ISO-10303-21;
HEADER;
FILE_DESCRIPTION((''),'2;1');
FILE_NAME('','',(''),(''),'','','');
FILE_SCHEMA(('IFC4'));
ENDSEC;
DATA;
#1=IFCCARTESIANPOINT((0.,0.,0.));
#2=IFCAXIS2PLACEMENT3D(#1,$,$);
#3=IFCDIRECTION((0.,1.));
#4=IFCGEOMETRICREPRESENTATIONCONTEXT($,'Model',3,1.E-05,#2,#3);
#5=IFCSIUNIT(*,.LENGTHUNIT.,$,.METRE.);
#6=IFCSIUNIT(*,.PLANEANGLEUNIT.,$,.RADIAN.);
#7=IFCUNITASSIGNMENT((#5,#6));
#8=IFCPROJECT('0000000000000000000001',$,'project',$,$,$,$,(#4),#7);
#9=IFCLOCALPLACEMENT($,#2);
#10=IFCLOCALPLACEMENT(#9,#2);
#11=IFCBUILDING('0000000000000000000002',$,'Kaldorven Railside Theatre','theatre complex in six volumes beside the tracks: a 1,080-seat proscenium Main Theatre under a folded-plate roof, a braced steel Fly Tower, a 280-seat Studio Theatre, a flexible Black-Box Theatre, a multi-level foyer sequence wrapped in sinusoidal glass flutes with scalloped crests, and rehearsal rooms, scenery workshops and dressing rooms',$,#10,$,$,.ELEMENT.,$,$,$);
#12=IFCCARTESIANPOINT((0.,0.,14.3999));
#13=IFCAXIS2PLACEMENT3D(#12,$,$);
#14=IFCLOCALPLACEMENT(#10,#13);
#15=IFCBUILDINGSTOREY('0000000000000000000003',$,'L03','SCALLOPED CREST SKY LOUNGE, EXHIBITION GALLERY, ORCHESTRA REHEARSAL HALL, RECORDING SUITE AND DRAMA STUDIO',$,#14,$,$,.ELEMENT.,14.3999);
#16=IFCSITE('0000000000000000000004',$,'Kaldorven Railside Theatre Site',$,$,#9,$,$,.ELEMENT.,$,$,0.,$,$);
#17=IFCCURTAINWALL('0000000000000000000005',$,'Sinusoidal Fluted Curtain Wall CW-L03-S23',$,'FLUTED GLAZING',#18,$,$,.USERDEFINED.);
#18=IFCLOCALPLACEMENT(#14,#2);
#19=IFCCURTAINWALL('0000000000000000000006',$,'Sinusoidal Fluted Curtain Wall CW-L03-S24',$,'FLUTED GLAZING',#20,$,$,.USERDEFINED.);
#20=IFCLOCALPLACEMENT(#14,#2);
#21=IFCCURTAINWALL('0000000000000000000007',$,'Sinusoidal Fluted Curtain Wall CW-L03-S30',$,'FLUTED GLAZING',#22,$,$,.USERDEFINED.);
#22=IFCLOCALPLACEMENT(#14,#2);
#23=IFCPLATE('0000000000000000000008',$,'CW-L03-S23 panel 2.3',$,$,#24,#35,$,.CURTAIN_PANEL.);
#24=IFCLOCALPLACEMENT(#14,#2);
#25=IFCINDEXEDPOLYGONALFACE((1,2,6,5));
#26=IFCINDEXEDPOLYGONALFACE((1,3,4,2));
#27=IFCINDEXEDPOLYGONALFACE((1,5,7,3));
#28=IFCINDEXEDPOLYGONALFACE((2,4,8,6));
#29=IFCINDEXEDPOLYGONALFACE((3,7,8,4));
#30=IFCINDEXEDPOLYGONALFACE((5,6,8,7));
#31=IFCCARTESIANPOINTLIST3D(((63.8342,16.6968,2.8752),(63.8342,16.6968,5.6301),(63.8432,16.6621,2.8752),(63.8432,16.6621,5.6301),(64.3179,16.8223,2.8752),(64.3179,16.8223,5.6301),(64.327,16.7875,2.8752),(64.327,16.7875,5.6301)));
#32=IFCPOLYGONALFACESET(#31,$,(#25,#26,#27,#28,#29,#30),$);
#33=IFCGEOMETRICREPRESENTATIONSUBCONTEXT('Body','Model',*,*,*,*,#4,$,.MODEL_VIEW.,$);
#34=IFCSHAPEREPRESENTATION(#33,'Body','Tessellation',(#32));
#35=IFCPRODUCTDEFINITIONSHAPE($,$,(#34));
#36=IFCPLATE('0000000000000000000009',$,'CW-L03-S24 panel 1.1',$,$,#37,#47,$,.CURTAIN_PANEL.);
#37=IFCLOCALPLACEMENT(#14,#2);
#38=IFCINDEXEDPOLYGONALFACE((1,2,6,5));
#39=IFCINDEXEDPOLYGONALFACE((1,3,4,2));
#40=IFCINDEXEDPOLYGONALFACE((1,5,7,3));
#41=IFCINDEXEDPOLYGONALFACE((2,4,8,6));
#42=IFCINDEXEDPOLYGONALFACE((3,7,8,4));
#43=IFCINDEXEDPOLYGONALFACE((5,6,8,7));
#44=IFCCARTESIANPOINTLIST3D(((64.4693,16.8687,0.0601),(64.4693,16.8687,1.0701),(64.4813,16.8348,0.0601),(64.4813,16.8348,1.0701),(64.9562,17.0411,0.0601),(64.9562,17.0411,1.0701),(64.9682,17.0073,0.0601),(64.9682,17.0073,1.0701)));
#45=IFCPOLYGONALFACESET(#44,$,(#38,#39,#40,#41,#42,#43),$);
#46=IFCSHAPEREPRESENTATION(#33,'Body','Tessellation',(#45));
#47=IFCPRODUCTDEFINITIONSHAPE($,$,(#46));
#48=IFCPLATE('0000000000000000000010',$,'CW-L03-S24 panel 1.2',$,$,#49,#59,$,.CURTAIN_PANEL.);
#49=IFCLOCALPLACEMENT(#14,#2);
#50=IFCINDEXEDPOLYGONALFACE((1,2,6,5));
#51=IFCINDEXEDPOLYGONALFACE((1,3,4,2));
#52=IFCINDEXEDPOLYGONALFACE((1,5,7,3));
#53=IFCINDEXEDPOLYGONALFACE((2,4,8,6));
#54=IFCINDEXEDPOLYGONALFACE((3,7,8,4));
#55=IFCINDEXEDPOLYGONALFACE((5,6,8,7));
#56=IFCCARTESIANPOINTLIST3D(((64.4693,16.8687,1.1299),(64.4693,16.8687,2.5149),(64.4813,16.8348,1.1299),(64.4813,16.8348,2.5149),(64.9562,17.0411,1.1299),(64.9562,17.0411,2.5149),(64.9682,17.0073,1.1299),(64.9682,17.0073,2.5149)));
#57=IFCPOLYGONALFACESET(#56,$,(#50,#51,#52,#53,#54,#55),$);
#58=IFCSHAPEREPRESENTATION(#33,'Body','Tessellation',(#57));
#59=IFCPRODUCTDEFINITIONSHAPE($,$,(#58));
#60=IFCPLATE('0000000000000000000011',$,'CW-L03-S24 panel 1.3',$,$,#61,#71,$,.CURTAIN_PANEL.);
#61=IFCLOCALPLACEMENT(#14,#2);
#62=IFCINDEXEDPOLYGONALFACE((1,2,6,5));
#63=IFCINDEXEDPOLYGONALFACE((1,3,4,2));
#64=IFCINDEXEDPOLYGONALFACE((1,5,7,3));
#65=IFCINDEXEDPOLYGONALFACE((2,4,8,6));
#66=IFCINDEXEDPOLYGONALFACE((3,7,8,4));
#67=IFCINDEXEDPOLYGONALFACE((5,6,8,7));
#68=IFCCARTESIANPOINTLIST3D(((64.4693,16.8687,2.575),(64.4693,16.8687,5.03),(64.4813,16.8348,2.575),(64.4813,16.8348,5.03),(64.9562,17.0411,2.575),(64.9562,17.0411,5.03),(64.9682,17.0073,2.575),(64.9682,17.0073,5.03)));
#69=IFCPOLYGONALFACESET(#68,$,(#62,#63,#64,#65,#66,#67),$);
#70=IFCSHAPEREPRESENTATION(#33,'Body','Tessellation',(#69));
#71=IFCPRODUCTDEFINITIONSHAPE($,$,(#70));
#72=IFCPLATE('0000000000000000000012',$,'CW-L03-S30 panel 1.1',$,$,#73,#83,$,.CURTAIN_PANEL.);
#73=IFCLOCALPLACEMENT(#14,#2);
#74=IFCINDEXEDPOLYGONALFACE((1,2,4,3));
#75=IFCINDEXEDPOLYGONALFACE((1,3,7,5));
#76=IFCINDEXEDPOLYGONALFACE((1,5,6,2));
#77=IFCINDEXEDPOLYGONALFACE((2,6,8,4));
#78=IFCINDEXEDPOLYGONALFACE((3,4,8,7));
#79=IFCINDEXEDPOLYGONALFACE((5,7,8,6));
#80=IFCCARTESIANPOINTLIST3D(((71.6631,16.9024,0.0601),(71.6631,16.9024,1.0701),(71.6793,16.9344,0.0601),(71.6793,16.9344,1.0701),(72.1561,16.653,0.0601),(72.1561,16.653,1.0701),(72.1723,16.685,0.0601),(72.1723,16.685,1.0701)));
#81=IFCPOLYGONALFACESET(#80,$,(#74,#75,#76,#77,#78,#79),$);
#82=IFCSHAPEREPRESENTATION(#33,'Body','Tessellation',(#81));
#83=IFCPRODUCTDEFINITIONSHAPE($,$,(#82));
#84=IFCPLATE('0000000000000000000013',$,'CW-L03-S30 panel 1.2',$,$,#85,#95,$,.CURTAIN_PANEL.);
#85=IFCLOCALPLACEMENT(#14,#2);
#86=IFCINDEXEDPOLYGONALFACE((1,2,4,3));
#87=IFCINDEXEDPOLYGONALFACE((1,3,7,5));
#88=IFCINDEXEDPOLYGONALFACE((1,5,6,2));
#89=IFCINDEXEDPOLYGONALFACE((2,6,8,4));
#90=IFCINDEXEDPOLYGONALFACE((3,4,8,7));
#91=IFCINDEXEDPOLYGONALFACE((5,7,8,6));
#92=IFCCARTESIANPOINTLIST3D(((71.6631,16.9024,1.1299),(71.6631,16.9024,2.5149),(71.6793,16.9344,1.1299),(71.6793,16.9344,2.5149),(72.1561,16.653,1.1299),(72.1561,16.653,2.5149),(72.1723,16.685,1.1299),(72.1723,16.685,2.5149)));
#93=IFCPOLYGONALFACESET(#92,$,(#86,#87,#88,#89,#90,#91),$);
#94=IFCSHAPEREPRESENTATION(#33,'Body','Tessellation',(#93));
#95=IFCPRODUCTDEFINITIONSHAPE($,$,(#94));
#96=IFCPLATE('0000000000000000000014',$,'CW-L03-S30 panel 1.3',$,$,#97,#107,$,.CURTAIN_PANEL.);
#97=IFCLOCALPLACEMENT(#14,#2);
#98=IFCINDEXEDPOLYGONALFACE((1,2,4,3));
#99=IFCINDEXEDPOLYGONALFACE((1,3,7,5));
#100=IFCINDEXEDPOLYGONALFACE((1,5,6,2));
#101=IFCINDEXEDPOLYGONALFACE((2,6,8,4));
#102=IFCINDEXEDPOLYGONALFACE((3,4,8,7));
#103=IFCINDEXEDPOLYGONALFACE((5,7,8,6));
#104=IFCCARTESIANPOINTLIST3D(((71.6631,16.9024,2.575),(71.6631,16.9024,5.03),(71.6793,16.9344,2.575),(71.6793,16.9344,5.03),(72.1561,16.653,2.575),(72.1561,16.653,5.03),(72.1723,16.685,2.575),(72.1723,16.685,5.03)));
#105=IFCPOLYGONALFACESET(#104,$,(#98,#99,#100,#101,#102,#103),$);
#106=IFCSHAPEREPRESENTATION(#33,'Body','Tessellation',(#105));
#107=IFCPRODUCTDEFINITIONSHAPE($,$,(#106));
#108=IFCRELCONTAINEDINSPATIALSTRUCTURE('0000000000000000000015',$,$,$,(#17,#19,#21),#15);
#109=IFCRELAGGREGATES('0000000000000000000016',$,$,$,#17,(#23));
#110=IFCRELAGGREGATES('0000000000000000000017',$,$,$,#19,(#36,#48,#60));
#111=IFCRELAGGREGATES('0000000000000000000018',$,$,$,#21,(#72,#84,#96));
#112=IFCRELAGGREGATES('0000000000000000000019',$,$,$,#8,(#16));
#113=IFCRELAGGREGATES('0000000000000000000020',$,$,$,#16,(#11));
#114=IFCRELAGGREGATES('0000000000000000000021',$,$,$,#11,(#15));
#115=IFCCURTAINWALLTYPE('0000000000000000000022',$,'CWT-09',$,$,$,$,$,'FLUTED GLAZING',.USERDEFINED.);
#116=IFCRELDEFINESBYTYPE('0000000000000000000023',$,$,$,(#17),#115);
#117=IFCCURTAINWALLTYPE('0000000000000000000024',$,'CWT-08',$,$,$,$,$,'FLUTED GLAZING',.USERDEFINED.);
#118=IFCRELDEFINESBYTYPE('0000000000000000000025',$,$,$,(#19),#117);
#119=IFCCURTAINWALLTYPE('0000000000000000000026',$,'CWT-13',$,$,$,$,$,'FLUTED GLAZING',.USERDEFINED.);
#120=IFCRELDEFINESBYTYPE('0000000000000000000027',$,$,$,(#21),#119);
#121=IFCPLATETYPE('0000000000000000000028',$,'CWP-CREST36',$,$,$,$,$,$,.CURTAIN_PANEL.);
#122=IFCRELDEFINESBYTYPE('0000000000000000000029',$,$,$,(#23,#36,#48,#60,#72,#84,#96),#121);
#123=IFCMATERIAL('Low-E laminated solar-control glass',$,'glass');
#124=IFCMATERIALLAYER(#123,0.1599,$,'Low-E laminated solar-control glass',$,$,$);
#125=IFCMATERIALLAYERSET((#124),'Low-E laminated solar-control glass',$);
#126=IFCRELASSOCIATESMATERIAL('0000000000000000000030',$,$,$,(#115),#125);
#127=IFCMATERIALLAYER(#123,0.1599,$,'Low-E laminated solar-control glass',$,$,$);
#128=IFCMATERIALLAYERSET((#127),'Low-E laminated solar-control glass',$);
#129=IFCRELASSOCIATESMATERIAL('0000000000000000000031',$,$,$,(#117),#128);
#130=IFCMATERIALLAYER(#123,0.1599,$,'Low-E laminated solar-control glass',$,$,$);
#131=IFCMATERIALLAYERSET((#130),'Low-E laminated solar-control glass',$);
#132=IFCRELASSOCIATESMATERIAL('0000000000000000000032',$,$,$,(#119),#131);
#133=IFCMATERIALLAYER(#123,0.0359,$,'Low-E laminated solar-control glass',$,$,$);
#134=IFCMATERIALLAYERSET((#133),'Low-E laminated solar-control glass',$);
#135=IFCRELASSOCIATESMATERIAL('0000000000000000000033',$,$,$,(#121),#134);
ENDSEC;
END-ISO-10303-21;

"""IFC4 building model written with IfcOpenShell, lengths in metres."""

from ifc_helpers import new_model, si_unit, direction, frame, origin, origin_2d, place, context, subcontext, project, spatial, rectangle, extrude, material, layer, layer_set, type_object, element, aggregate, save


model = new_model("IFC4")

# Units and contexts
model_context = context("Model", 3, precision=1e-05, world=origin(), true_north=direction((0.0, 1.0)))
body_context = subcontext(model_context, "Body", "Model", "MODEL_VIEW")
ifc_project = project(units=[si_unit("LENGTHUNIT", "METRE"), si_unit("PLANEANGLEUNIT", "RADIAN")], contexts=[model_context])

# Site, building, storey
site_placement = place(None, origin())
site = spatial("IfcSite", under=ifc_project, at=site_placement, Name="Kaldorven Railside Theatre Site", CompositionType="ELEMENT", RefElevation=0.0)
building_placement = place(site_placement, origin())
building = spatial("IfcBuilding", under=site, at=building_placement, Name="Kaldorven Railside Theatre", Description="theatre complex in six volumes beside the tracks: a 1,080-seat proscenium Main Theatre under a folded-plate roof, a braced steel Fly Tower, a 280-seat Studio Theatre, a flexible Black-Box Theatre, a multi-level foyer sequence wrapped in sinusoidal glass flutes with scalloped crests, and rehearsal rooms, scenery workshops and dressing rooms", CompositionType="ELEMENT")
storey_placement = place(building_placement, frame((0.0, 0.0, 14.3999)))
storey = spatial("IfcBuildingStorey", under=building, at=storey_placement, Name="L03", Description="SCALLOPED CREST SKY LOUNGE, EXHIBITION GALLERY, ORCHESTRA REHEARSAL HALL, RECORDING SUITE AND DRAMA STUDIO", CompositionType="ELEMENT", Elevation=14.3999)

# Curtain walls
ifc_material_1 = material(Name="Low-E laminated solar-control glass", Category="glass")
ifc_layer_1 = layer(ifc_material_1, 0.1599, Name="Low-E laminated solar-control glass")
ifc_layer_set_1 = layer_set([ifc_layer_1], Name="Low-E laminated solar-control glass")
curtain_wall_type_1 = type_object("IfcCurtainWallType", Name="CWT-09", ElementType="FLUTED GLAZING", PredefinedType="USERDEFINED", material=ifc_layer_set_1)
curtain_wall_1_placement = place(storey_placement, origin())
curtain_wall_1 = element("IfcCurtainWall", 1, at=curtain_wall_1_placement, inside=storey, type_object=curtain_wall_type_1, Name="Sinusoidal Fluted Curtain Wall CW-L03-S23", ObjectType="FLUTED GLAZING", PredefinedType="USERDEFINED")
ifc_layer_2 = layer(ifc_material_1, 0.1599, Name="Low-E laminated solar-control glass")
ifc_layer_set_2 = layer_set([ifc_layer_2], Name="Low-E laminated solar-control glass")
curtain_wall_type_2 = type_object("IfcCurtainWallType", Name="CWT-08", ElementType="FLUTED GLAZING", PredefinedType="USERDEFINED", material=ifc_layer_set_2)
curtain_wall_2_placement = place(storey_placement, origin())
curtain_wall_2 = element("IfcCurtainWall", 2, at=curtain_wall_2_placement, inside=storey, type_object=curtain_wall_type_2, Name="Sinusoidal Fluted Curtain Wall CW-L03-S24", ObjectType="FLUTED GLAZING", PredefinedType="USERDEFINED")

# Curtain wall
ifc_layer_3 = layer(ifc_material_1, 0.1599, Name="Low-E laminated solar-control glass")
ifc_layer_set_3 = layer_set([ifc_layer_3], Name="Low-E laminated solar-control glass")
curtain_wall_type_3 = type_object("IfcCurtainWallType", Name="CWT-13", ElementType="FLUTED GLAZING", PredefinedType="USERDEFINED", material=ifc_layer_set_3)
curtain_wall_3_placement = place(storey_placement, origin())
curtain_wall_3 = element("IfcCurtainWall", 3, at=curtain_wall_3_placement, inside=storey, type_object=curtain_wall_type_3, Name="Sinusoidal Fluted Curtain Wall CW-L03-S30", ObjectType="FLUTED GLAZING", PredefinedType="USERDEFINED")

# Plates
ifc_layer_4 = layer(ifc_material_1, 0.0359, Name="Low-E laminated solar-control glass")
ifc_layer_set_4 = layer_set([ifc_layer_4], Name="Low-E laminated solar-control glass")
plate_type = type_object("IfcPlateType", Name="CWP-CREST36", PredefinedType="CURTAIN_PANEL", material=ifc_layer_set_4)
plate_1_placement = place(storey_placement, frame((64.0806, 16.7422, 2.8752), z_axis=(0.0, 0.0, 1.0), x_axis=(0.967999, 0.250954, 0.0)))
plate_1 = element("IfcPlate", 4, at=plate_1_placement, type_object=plate_type, Name="CW-L03-S23 panel 2.3", PredefinedType="CURTAIN_PANEL", context=body_context, shape_type="SweptSolid", body=[
    extrude(rectangle(XDim=0.4998, YDim=0.0359, at=origin_2d()), origin(), (0.0, 0.0, 1.0), 2.7549),
])
aggregate(curtain_wall_1, [plate_1])
plate_2_placement = place(storey_placement, frame((64.7188, 16.938, 0.0601), z_axis=(0.0, 0.0, 1.0), x_axis=(0.942627, 0.333847, 0.0)))
plate_2 = element("IfcPlate", 5, at=plate_2_placement, type_object=plate_type, Name="CW-L03-S24 panel 1.1", PredefinedType="CURTAIN_PANEL", context=body_context, shape_type="SweptSolid", body=[
    extrude(rectangle(XDim=0.5166, YDim=0.0359, at=origin_2d()), origin(), (0.0, 0.0, 1.0), 1.01),
])
plate_3_placement = place(storey_placement, frame((64.7188, 16.938, 1.1299), z_axis=(0.0, 0.0, 1.0), x_axis=(0.942627, 0.333847, 0.0)))
plate_3 = element("IfcPlate", 6, at=plate_3_placement, type_object=plate_type, Name="CW-L03-S24 panel 1.2", PredefinedType="CURTAIN_PANEL", context=body_context, shape_type="SweptSolid", body=[
    extrude(rectangle(XDim=0.5166, YDim=0.0359, at=origin_2d()), origin(), (0.0, 0.0, 1.0), 1.385),
])
plate_4_placement = place(storey_placement, frame((64.7188, 16.938, 2.575), z_axis=(0.0, 0.0, 1.0), x_axis=(0.942627, 0.333847, 0.0)))
plate_4 = element("IfcPlate", 7, at=plate_4_placement, type_object=plate_type, Name="CW-L03-S24 panel 1.3", PredefinedType="CURTAIN_PANEL", context=body_context, shape_type="SweptSolid", body=[
    extrude(rectangle(XDim=0.5166, YDim=0.0359, at=origin_2d()), origin(), (0.0, 0.0, 1.0), 2.4551),
])
aggregate(curtain_wall_2, [plate_2, plate_3, plate_4])
plate_5_placement = place(storey_placement, frame((71.9177, 16.7937, 0.0601), z_axis=(0.0, 0.0, 1.0), x_axis=(0.892305, -0.451432, 0.0)))
plate_5 = element("IfcPlate", 8, at=plate_5_placement, type_object=plate_type, Name="CW-L03-S30 panel 1.1", PredefinedType="CURTAIN_PANEL", context=body_context, shape_type="SweptSolid", body=[
    extrude(rectangle(XDim=0.5525, YDim=0.0359, at=origin_2d()), origin(), (0.0, 0.0, 1.0), 1.01),
])
plate_6_placement = place(storey_placement, frame((71.9177, 16.7937, 1.1299), z_axis=(0.0, 0.0, 1.0), x_axis=(0.892305, -0.451432, 0.0)))
plate_6 = element("IfcPlate", 9, at=plate_6_placement, type_object=plate_type, Name="CW-L03-S30 panel 1.2", PredefinedType="CURTAIN_PANEL", context=body_context, shape_type="SweptSolid", body=[
    extrude(rectangle(XDim=0.5525, YDim=0.0359, at=origin_2d()), origin(), (0.0, 0.0, 1.0), 1.385),
])
plate_7_placement = place(storey_placement, frame((71.9177, 16.7937, 2.575), z_axis=(0.0, 0.0, 1.0), x_axis=(0.892305, -0.451432, 0.0)))
plate_7 = element("IfcPlate", 10, at=plate_7_placement, type_object=plate_type, Name="CW-L03-S30 panel 1.3", PredefinedType="CURTAIN_PANEL", context=body_context, shape_type="SweptSolid", body=[
    extrude(rectangle(XDim=0.5525, YDim=0.0359, at=origin_2d()), origin(), (0.0, 0.0, 1.0), 2.4551),
])
aggregate(curtain_wall_3, [plate_5, plate_6, plate_7])

save(model, "model.ifc")
